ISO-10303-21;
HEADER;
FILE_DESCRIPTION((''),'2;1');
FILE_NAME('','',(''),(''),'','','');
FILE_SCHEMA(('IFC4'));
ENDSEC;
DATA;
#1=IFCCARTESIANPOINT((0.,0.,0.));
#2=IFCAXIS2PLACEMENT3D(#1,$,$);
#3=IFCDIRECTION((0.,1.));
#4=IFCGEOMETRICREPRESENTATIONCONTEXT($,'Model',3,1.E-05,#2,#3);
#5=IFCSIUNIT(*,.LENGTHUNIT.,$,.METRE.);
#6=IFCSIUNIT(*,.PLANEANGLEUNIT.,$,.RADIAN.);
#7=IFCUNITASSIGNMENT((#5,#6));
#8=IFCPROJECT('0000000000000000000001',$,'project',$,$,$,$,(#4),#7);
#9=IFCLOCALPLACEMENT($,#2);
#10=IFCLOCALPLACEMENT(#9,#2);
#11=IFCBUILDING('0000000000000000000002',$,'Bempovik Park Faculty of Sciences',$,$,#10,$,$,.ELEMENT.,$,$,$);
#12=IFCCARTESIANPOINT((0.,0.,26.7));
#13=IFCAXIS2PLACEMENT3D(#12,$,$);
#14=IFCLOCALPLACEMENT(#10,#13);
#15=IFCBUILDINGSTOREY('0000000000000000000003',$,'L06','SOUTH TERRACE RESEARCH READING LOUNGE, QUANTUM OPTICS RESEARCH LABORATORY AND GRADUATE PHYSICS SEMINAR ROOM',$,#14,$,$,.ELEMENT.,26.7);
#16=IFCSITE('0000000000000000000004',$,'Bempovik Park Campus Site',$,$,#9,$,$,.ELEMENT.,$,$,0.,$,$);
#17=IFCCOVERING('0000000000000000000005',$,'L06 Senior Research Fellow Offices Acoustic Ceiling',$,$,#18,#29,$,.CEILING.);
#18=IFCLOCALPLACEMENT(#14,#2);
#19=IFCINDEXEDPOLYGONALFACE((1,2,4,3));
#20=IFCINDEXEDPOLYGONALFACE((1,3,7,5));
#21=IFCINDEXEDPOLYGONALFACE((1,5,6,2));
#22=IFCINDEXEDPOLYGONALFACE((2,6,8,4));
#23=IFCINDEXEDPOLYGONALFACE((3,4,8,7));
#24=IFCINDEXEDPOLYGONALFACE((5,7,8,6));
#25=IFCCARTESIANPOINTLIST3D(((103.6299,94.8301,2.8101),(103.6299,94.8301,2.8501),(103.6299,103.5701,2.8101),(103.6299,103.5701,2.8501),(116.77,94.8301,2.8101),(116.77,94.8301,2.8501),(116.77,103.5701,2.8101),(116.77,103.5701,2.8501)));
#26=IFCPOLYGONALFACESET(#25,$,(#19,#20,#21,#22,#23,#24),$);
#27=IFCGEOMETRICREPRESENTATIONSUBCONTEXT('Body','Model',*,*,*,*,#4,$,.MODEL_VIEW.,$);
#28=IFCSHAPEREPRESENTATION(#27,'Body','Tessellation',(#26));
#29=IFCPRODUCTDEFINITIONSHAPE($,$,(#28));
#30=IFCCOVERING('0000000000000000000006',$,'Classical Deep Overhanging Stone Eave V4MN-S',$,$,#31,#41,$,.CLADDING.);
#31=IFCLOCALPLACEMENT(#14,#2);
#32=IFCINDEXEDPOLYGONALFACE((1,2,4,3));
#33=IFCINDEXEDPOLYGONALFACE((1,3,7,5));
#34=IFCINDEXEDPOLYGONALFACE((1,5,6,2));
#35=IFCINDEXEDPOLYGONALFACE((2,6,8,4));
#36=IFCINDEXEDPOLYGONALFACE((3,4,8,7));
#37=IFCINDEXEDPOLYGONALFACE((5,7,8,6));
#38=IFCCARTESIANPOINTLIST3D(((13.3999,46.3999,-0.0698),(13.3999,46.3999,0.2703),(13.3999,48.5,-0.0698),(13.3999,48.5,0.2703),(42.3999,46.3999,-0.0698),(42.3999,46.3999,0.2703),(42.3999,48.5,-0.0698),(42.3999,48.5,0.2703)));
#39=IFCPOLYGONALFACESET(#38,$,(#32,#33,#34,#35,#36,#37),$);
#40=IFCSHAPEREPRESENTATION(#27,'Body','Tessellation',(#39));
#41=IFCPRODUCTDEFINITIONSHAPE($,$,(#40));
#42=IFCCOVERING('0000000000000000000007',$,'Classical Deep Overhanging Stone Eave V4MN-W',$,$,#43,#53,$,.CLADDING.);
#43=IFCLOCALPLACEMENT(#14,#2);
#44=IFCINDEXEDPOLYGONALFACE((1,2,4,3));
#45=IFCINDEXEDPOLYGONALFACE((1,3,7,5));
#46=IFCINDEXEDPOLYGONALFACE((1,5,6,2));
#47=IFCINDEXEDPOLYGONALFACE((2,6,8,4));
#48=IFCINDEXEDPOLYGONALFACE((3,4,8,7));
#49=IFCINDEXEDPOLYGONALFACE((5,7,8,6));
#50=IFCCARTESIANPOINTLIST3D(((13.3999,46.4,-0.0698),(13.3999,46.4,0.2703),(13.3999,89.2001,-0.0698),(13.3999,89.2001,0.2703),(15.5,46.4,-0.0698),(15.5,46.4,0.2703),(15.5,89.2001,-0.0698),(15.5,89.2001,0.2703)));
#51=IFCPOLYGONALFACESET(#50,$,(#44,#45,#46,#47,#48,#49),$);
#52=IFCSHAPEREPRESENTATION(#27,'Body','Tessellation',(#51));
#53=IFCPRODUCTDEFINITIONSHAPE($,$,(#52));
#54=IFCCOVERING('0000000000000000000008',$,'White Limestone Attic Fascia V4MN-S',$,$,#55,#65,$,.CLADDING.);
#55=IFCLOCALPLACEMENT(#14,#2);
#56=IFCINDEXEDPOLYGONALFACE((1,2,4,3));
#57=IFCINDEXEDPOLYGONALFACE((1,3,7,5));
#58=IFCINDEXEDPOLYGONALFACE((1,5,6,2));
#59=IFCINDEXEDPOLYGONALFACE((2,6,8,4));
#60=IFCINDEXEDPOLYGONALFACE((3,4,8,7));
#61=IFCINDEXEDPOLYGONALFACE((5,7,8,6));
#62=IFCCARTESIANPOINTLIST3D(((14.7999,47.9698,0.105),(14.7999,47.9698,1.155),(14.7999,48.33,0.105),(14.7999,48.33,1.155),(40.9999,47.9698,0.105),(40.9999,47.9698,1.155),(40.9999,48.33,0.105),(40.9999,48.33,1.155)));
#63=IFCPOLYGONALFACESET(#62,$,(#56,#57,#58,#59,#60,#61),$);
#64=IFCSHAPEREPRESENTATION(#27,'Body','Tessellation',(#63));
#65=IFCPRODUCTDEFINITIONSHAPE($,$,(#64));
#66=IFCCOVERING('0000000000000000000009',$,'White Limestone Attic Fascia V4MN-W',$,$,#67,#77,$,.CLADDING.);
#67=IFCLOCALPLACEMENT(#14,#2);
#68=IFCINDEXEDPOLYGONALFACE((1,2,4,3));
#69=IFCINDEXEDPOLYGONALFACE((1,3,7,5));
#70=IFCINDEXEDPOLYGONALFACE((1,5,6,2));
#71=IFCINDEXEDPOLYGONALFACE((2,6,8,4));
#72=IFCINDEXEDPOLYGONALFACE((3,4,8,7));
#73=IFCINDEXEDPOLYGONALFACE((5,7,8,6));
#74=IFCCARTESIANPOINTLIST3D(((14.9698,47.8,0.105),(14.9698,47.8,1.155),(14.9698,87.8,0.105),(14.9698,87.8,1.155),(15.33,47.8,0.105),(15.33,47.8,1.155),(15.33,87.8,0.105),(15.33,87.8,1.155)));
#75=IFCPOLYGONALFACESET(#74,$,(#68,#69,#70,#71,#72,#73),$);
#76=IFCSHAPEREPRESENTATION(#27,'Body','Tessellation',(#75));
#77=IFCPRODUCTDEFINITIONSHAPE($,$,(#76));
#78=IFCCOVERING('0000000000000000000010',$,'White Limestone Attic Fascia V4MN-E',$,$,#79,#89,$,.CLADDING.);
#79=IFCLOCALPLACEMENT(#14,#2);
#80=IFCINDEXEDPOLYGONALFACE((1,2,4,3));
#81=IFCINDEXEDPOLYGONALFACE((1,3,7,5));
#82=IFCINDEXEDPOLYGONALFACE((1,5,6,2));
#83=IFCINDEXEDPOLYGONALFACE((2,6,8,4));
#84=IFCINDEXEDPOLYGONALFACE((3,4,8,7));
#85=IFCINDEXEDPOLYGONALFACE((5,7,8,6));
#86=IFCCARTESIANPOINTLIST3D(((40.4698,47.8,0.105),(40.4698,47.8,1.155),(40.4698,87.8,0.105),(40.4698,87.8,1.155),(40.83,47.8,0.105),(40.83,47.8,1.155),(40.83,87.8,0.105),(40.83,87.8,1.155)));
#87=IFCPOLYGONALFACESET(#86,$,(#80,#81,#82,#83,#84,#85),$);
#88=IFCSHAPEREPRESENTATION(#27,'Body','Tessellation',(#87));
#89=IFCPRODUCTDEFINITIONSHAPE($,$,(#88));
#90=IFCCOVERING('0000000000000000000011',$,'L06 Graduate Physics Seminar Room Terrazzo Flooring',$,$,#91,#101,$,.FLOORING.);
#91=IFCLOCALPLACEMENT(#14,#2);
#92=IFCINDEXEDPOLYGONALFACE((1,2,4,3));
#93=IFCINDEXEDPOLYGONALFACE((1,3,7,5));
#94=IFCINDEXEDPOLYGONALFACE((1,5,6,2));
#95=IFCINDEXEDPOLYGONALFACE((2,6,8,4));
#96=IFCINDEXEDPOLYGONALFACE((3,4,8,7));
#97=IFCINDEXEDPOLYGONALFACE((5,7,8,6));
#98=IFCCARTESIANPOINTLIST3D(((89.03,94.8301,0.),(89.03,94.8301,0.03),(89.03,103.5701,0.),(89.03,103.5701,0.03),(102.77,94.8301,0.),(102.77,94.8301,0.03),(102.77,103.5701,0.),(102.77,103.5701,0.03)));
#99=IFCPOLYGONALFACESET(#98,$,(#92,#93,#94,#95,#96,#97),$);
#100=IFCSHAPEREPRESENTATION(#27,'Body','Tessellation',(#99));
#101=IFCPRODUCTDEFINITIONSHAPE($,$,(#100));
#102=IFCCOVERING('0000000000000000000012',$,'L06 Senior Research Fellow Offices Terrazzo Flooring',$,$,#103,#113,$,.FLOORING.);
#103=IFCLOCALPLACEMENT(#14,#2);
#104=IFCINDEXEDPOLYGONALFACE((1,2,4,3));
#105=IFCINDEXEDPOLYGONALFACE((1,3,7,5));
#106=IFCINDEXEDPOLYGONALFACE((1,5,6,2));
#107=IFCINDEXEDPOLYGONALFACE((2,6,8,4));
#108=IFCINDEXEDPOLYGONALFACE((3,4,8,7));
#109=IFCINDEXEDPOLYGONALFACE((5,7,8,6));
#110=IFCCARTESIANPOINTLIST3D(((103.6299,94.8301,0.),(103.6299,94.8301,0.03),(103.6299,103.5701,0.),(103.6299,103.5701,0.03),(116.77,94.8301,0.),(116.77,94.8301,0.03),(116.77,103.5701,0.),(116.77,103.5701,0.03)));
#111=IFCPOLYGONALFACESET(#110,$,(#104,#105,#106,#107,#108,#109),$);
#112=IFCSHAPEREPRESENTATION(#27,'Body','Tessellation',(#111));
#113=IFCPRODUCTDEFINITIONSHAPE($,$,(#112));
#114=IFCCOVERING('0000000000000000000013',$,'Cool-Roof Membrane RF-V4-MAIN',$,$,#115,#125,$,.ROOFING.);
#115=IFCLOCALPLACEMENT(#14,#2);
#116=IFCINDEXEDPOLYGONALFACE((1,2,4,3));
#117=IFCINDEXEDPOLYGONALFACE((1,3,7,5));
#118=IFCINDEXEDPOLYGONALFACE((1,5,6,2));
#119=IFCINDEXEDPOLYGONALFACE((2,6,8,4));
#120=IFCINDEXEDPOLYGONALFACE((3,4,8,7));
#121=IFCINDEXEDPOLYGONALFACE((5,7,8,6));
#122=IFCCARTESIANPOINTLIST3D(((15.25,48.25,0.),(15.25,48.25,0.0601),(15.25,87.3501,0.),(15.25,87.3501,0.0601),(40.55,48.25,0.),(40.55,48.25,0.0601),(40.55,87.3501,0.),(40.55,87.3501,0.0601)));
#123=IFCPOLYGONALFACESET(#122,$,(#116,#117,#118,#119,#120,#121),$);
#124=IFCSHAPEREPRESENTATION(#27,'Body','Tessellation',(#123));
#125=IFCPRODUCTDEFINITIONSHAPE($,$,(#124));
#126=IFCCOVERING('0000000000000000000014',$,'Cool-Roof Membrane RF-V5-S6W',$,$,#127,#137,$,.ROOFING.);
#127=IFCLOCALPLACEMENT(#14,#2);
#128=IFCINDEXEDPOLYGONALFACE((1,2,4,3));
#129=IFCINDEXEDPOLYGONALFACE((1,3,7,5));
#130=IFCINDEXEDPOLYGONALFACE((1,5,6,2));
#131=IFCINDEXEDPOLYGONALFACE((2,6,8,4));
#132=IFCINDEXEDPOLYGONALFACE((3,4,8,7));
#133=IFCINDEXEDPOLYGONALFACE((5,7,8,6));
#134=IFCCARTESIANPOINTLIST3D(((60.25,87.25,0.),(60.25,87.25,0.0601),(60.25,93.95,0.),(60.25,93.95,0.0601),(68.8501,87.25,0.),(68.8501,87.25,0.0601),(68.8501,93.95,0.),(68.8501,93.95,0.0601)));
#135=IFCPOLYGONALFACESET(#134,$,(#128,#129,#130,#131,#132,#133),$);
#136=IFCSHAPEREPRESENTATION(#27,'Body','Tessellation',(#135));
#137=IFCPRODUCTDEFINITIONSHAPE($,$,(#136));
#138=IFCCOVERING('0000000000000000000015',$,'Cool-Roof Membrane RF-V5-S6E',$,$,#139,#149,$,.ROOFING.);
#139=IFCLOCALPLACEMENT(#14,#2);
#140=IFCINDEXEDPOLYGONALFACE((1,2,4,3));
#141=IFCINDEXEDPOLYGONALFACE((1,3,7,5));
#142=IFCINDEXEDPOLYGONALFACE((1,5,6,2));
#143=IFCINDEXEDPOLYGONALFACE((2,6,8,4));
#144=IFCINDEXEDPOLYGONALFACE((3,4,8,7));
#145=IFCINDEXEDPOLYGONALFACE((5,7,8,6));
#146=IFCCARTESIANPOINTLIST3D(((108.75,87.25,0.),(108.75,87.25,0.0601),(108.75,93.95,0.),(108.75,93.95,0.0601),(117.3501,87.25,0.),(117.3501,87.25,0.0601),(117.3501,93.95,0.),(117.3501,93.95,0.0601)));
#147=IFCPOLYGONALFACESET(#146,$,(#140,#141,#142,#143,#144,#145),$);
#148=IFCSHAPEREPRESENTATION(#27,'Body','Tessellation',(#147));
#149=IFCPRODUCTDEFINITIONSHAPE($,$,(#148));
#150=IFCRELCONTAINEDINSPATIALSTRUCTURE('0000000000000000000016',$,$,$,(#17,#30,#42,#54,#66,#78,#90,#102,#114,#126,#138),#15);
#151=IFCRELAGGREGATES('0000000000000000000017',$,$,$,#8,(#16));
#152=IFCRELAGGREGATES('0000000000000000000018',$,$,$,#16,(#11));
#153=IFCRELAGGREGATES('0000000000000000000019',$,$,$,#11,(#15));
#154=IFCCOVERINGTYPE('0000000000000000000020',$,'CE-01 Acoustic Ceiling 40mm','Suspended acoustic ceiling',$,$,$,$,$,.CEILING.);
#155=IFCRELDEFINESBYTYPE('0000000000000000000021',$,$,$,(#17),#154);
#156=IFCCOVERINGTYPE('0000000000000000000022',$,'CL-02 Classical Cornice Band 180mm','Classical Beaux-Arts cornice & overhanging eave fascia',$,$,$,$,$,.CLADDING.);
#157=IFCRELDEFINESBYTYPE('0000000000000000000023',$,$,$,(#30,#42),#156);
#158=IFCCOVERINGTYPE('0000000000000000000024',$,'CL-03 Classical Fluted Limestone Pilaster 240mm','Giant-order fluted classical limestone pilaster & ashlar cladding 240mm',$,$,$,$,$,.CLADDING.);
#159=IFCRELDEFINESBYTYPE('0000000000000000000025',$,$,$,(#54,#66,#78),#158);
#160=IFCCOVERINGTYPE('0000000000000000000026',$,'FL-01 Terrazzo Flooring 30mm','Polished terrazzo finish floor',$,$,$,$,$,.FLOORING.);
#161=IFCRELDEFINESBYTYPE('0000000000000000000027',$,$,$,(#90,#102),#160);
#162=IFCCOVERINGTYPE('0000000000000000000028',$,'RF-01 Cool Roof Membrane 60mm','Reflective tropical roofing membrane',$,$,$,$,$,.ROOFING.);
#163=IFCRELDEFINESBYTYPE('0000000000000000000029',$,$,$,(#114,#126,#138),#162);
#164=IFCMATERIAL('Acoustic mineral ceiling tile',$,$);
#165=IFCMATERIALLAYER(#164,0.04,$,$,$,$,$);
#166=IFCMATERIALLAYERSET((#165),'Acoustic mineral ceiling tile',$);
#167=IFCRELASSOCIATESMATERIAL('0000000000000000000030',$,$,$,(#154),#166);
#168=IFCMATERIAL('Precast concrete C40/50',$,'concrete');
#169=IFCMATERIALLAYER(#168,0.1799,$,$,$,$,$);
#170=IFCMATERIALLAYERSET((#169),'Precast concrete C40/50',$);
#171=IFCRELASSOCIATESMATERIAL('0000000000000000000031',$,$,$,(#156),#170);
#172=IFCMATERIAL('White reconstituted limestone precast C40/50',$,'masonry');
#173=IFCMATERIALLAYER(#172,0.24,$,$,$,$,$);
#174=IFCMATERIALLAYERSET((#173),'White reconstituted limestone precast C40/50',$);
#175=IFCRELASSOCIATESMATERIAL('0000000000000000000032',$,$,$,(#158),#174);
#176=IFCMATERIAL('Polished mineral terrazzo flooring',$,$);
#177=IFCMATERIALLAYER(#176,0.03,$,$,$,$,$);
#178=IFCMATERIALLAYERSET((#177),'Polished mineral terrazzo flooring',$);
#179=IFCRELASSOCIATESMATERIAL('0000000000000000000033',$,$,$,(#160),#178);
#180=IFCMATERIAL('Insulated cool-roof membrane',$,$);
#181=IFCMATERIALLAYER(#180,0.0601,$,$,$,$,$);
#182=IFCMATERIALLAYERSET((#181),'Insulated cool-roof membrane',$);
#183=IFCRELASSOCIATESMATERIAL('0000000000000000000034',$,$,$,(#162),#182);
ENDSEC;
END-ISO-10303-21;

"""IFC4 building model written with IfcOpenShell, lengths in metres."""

from ifc_helpers import new_model, si_unit, direction, frame, origin, origin_2d, place, context, subcontext, project, spatial, polyline, rectangle, outline, extrude, material, layer, layer_set, type_object, element, save


model = new_model("IFC4")

# Units and contexts
model_context = context("Model", 3, precision=1e-05, world=origin(), true_north=direction((0.0, 1.0)))
body_context = subcontext(model_context, "Body", "Model", "MODEL_VIEW")
ifc_project = project(units=[si_unit("LENGTHUNIT", "METRE"), si_unit("PLANEANGLEUNIT", "RADIAN")], contexts=[model_context])

# Site, building, storey
site_placement = place(None, origin())
site = spatial("IfcSite", under=ifc_project, at=site_placement, Name="Bempovik Park Campus Site", CompositionType="ELEMENT", RefElevation=0.0)
building_placement = place(site_placement, origin())
building = spatial("IfcBuilding", under=site, at=building_placement, Name="Bempovik Park Faculty of Sciences", CompositionType="ELEMENT")
storey_placement = place(building_placement, frame((0.0, 0.0, 26.7)))
storey = spatial("IfcBuildingStorey", under=building, at=storey_placement, Name="L06", Description="SOUTH TERRACE RESEARCH READING LOUNGE, QUANTUM OPTICS RESEARCH LABORATORY AND GRADUATE PHYSICS SEMINAR ROOM", CompositionType="ELEMENT", Elevation=26.7)

# Shared definitions
ifc_material_1 = material(Name="Precast concrete C40/50", Category="concrete")

# Coverings
ifc_material_2 = material(Name="Acoustic mineral ceiling tile")
ifc_layer_1 = layer(ifc_material_2, 0.04)
ifc_layer_set_1 = layer_set([ifc_layer_1], Name="Acoustic mineral ceiling tile")
covering_type_1 = type_object("IfcCoveringType", Name="CE-01 Acoustic Ceiling 40mm", Description="Suspended acoustic ceiling", PredefinedType="CEILING", material=ifc_layer_set_1)
covering_1_placement = place(storey_placement, frame((0.0, 0.0, 2.8101)))
element("IfcCovering", 1, at=covering_1_placement, inside=storey, type_object=covering_type_1, Name="L06 Senior Research Fellow Offices Acoustic Ceiling", PredefinedType="CEILING", context=body_context, shape_type="SweptSolid", body=[
    extrude(outline(polyline([(103.6299, 94.8301), (116.77, 94.8301), (116.77, 103.5701), (103.6299, 103.5701), (103.6299, 94.8301)])), origin(), (0.0, 0.0, 1.0), 0.04),
])
ifc_layer_2 = layer(ifc_material_1, 0.1799)
ifc_layer_set_2 = layer_set([ifc_layer_2], Name="Precast concrete C40/50")
covering_type_2 = type_object("IfcCoveringType", Name="CL-02 Classical Cornice Band 180mm", Description="Classical Beaux-Arts cornice & overhanging eave fascia", PredefinedType="CLADDING", material=ifc_layer_set_2)
covering_2_placement = place(storey_placement, frame((27.8999, 47.45, -0.0698), z_axis=(0.0, 0.0, 1.0), x_axis=(1.0, 0.0, 0.0)))
element("IfcCovering", 2, at=covering_2_placement, inside=storey, type_object=covering_type_2, Name="Classical Deep Overhanging Stone Eave V4MN-S", PredefinedType="CLADDING", context=body_context, shape_type="SweptSolid", body=[
    extrude(rectangle(XDim=29.0, YDim=2.1001, at=origin_2d()), origin(), (0.0, 0.0, 1.0), 0.3401),
])
covering_3_placement = place(storey_placement, frame((14.45, 67.8, -0.0698), z_axis=(0.0, 0.0, 1.0), x_axis=(1.0, 0.0, 0.0)))
element("IfcCovering", 3, at=covering_3_placement, inside=storey, type_object=covering_type_2, Name="Classical Deep Overhanging Stone Eave V4MN-W", PredefinedType="CLADDING", context=body_context, shape_type="SweptSolid", body=[
    extrude(rectangle(XDim=2.1001, YDim=42.8, at=origin_2d()), origin(), (0.0, 0.0, 1.0), 0.3401),
])
ifc_material_3 = material(Name="White reconstituted limestone precast C40/50", Category="masonry")
ifc_layer_3 = layer(ifc_material_3, 0.24)
ifc_layer_set_3 = layer_set([ifc_layer_3], Name="White reconstituted limestone precast C40/50")
covering_type_3 = type_object("IfcCoveringType", Name="CL-03 Classical Fluted Limestone Pilaster 240mm", Description="Giant-order fluted classical limestone pilaster & ashlar cladding 240mm", PredefinedType="CLADDING", material=ifc_layer_set_3)
covering_4_placement = place(storey_placement, frame((27.8999, 48.1499, 0.105), z_axis=(0.0, 0.0, 1.0), x_axis=(1.0, 0.0, 0.0)))
element("IfcCovering", 4, at=covering_4_placement, inside=storey, type_object=covering_type_3, Name="White Limestone Attic Fascia V4MN-S", PredefinedType="CLADDING", context=body_context, shape_type="SweptSolid", body=[
    extrude(rectangle(XDim=26.2, YDim=0.3601, at=origin_2d()), origin(), (0.0, 0.0, 1.0), 1.05),
])
for number, where, z_axis, x_axis, name in (
    (5, (15.1499, 67.8, 0.105), (0.0, 0.0, 1.0), (1.0, 0.0, 0.0), "White Limestone Attic Fascia V4MN-W"),
    (6, (40.6499, 67.8, 0.105), (0.0, 0.0, 1.0), (1.0, 0.0, 0.0), "White Limestone Attic Fascia V4MN-E"),
):
    element("IfcCovering", number, at=place(storey_placement, frame(where, z_axis=z_axis, x_axis=x_axis)), inside=storey, type_object=covering_type_3, Name=name, PredefinedType="CLADDING", context=body_context, shape_type="SweptSolid", body=[
        extrude(rectangle(XDim=0.3601, YDim=40.0, at=origin_2d()), origin(), (0.0, 0.0, 1.0), 1.05),
    ])
ifc_material_4 = material(Name="Polished mineral terrazzo flooring")
ifc_layer_4 = layer(ifc_material_4, 0.03)
ifc_layer_set_4 = layer_set([ifc_layer_4], Name="Polished mineral terrazzo flooring")
covering_type_4 = type_object("IfcCoveringType", Name="FL-01 Terrazzo Flooring 30mm", Description="Polished terrazzo finish floor", PredefinedType="FLOORING", material=ifc_layer_set_4)
covering_5_placement = place(storey_placement, origin())
element("IfcCovering", 7, at=covering_5_placement, inside=storey, type_object=covering_type_4, Name="L06 Graduate Physics Seminar Room Terrazzo Flooring", PredefinedType="FLOORING", context=body_context, shape_type="SweptSolid", body=[
    extrude(outline(polyline([(89.03, 94.8301), (102.77, 94.8301), (102.77, 103.5701), (89.03, 103.5701), (89.03, 94.8301)])), origin(), (0.0, 0.0, 1.0), 0.03),
])
covering_6_placement = place(storey_placement, origin())
element("IfcCovering", 8, at=covering_6_placement, inside=storey, type_object=covering_type_4, Name="L06 Senior Research Fellow Offices Terrazzo Flooring", PredefinedType="FLOORING", context=body_context, shape_type="SweptSolid", body=[
    extrude(outline(polyline([(103.6299, 94.8301), (116.77, 94.8301), (116.77, 103.5701), (103.6299, 103.5701), (103.6299, 94.8301)])), origin(), (0.0, 0.0, 1.0), 0.03),
])
ifc_material_5 = material(Name="Insulated cool-roof membrane")
ifc_layer_5 = layer(ifc_material_5, 0.0601)
ifc_layer_set_5 = layer_set([ifc_layer_5], Name="Insulated cool-roof membrane")
covering_type_5 = type_object("IfcCoveringType", Name="RF-01 Cool Roof Membrane 60mm", Description="Reflective tropical roofing membrane", PredefinedType="ROOFING", material=ifc_layer_set_5)
covering_7_placement = place(storey_placement, origin())
element("IfcCovering", 9, at=covering_7_placement, inside=storey, type_object=covering_type_5, Name="Cool-Roof Membrane RF-V4-MAIN", PredefinedType="ROOFING", context=body_context, shape_type="SweptSolid", body=[
    extrude(outline(polyline([(15.25, 48.25), (40.55, 48.25), (40.55, 87.3501), (15.25, 87.3501), (15.25, 48.25)])), origin(), (0.0, 0.0, 1.0), 0.0601),
])
covering_8_placement = place(storey_placement, origin())
element("IfcCovering", 10, at=covering_8_placement, inside=storey, type_object=covering_type_5, Name="Cool-Roof Membrane RF-V5-S6W", PredefinedType="ROOFING", context=body_context, shape_type="SweptSolid", body=[
    extrude(outline(polyline([(60.25, 87.25), (68.8501, 87.25), (68.8501, 93.95), (60.25, 93.95), (60.25, 87.25)])), origin(), (0.0, 0.0, 1.0), 0.0601),
])
covering_9_placement = place(storey_placement, origin())
element("IfcCovering", 11, at=covering_9_placement, inside=storey, type_object=covering_type_5, Name="Cool-Roof Membrane RF-V5-S6E", PredefinedType="ROOFING", context=body_context, shape_type="SweptSolid", body=[
    extrude(outline(polyline([(108.75, 87.25), (117.3501, 87.25), (117.3501, 93.95), (108.75, 93.95), (108.75, 87.25)])), origin(), (0.0, 0.0, 1.0), 0.0601),
])

save(model, "model.ifc")
